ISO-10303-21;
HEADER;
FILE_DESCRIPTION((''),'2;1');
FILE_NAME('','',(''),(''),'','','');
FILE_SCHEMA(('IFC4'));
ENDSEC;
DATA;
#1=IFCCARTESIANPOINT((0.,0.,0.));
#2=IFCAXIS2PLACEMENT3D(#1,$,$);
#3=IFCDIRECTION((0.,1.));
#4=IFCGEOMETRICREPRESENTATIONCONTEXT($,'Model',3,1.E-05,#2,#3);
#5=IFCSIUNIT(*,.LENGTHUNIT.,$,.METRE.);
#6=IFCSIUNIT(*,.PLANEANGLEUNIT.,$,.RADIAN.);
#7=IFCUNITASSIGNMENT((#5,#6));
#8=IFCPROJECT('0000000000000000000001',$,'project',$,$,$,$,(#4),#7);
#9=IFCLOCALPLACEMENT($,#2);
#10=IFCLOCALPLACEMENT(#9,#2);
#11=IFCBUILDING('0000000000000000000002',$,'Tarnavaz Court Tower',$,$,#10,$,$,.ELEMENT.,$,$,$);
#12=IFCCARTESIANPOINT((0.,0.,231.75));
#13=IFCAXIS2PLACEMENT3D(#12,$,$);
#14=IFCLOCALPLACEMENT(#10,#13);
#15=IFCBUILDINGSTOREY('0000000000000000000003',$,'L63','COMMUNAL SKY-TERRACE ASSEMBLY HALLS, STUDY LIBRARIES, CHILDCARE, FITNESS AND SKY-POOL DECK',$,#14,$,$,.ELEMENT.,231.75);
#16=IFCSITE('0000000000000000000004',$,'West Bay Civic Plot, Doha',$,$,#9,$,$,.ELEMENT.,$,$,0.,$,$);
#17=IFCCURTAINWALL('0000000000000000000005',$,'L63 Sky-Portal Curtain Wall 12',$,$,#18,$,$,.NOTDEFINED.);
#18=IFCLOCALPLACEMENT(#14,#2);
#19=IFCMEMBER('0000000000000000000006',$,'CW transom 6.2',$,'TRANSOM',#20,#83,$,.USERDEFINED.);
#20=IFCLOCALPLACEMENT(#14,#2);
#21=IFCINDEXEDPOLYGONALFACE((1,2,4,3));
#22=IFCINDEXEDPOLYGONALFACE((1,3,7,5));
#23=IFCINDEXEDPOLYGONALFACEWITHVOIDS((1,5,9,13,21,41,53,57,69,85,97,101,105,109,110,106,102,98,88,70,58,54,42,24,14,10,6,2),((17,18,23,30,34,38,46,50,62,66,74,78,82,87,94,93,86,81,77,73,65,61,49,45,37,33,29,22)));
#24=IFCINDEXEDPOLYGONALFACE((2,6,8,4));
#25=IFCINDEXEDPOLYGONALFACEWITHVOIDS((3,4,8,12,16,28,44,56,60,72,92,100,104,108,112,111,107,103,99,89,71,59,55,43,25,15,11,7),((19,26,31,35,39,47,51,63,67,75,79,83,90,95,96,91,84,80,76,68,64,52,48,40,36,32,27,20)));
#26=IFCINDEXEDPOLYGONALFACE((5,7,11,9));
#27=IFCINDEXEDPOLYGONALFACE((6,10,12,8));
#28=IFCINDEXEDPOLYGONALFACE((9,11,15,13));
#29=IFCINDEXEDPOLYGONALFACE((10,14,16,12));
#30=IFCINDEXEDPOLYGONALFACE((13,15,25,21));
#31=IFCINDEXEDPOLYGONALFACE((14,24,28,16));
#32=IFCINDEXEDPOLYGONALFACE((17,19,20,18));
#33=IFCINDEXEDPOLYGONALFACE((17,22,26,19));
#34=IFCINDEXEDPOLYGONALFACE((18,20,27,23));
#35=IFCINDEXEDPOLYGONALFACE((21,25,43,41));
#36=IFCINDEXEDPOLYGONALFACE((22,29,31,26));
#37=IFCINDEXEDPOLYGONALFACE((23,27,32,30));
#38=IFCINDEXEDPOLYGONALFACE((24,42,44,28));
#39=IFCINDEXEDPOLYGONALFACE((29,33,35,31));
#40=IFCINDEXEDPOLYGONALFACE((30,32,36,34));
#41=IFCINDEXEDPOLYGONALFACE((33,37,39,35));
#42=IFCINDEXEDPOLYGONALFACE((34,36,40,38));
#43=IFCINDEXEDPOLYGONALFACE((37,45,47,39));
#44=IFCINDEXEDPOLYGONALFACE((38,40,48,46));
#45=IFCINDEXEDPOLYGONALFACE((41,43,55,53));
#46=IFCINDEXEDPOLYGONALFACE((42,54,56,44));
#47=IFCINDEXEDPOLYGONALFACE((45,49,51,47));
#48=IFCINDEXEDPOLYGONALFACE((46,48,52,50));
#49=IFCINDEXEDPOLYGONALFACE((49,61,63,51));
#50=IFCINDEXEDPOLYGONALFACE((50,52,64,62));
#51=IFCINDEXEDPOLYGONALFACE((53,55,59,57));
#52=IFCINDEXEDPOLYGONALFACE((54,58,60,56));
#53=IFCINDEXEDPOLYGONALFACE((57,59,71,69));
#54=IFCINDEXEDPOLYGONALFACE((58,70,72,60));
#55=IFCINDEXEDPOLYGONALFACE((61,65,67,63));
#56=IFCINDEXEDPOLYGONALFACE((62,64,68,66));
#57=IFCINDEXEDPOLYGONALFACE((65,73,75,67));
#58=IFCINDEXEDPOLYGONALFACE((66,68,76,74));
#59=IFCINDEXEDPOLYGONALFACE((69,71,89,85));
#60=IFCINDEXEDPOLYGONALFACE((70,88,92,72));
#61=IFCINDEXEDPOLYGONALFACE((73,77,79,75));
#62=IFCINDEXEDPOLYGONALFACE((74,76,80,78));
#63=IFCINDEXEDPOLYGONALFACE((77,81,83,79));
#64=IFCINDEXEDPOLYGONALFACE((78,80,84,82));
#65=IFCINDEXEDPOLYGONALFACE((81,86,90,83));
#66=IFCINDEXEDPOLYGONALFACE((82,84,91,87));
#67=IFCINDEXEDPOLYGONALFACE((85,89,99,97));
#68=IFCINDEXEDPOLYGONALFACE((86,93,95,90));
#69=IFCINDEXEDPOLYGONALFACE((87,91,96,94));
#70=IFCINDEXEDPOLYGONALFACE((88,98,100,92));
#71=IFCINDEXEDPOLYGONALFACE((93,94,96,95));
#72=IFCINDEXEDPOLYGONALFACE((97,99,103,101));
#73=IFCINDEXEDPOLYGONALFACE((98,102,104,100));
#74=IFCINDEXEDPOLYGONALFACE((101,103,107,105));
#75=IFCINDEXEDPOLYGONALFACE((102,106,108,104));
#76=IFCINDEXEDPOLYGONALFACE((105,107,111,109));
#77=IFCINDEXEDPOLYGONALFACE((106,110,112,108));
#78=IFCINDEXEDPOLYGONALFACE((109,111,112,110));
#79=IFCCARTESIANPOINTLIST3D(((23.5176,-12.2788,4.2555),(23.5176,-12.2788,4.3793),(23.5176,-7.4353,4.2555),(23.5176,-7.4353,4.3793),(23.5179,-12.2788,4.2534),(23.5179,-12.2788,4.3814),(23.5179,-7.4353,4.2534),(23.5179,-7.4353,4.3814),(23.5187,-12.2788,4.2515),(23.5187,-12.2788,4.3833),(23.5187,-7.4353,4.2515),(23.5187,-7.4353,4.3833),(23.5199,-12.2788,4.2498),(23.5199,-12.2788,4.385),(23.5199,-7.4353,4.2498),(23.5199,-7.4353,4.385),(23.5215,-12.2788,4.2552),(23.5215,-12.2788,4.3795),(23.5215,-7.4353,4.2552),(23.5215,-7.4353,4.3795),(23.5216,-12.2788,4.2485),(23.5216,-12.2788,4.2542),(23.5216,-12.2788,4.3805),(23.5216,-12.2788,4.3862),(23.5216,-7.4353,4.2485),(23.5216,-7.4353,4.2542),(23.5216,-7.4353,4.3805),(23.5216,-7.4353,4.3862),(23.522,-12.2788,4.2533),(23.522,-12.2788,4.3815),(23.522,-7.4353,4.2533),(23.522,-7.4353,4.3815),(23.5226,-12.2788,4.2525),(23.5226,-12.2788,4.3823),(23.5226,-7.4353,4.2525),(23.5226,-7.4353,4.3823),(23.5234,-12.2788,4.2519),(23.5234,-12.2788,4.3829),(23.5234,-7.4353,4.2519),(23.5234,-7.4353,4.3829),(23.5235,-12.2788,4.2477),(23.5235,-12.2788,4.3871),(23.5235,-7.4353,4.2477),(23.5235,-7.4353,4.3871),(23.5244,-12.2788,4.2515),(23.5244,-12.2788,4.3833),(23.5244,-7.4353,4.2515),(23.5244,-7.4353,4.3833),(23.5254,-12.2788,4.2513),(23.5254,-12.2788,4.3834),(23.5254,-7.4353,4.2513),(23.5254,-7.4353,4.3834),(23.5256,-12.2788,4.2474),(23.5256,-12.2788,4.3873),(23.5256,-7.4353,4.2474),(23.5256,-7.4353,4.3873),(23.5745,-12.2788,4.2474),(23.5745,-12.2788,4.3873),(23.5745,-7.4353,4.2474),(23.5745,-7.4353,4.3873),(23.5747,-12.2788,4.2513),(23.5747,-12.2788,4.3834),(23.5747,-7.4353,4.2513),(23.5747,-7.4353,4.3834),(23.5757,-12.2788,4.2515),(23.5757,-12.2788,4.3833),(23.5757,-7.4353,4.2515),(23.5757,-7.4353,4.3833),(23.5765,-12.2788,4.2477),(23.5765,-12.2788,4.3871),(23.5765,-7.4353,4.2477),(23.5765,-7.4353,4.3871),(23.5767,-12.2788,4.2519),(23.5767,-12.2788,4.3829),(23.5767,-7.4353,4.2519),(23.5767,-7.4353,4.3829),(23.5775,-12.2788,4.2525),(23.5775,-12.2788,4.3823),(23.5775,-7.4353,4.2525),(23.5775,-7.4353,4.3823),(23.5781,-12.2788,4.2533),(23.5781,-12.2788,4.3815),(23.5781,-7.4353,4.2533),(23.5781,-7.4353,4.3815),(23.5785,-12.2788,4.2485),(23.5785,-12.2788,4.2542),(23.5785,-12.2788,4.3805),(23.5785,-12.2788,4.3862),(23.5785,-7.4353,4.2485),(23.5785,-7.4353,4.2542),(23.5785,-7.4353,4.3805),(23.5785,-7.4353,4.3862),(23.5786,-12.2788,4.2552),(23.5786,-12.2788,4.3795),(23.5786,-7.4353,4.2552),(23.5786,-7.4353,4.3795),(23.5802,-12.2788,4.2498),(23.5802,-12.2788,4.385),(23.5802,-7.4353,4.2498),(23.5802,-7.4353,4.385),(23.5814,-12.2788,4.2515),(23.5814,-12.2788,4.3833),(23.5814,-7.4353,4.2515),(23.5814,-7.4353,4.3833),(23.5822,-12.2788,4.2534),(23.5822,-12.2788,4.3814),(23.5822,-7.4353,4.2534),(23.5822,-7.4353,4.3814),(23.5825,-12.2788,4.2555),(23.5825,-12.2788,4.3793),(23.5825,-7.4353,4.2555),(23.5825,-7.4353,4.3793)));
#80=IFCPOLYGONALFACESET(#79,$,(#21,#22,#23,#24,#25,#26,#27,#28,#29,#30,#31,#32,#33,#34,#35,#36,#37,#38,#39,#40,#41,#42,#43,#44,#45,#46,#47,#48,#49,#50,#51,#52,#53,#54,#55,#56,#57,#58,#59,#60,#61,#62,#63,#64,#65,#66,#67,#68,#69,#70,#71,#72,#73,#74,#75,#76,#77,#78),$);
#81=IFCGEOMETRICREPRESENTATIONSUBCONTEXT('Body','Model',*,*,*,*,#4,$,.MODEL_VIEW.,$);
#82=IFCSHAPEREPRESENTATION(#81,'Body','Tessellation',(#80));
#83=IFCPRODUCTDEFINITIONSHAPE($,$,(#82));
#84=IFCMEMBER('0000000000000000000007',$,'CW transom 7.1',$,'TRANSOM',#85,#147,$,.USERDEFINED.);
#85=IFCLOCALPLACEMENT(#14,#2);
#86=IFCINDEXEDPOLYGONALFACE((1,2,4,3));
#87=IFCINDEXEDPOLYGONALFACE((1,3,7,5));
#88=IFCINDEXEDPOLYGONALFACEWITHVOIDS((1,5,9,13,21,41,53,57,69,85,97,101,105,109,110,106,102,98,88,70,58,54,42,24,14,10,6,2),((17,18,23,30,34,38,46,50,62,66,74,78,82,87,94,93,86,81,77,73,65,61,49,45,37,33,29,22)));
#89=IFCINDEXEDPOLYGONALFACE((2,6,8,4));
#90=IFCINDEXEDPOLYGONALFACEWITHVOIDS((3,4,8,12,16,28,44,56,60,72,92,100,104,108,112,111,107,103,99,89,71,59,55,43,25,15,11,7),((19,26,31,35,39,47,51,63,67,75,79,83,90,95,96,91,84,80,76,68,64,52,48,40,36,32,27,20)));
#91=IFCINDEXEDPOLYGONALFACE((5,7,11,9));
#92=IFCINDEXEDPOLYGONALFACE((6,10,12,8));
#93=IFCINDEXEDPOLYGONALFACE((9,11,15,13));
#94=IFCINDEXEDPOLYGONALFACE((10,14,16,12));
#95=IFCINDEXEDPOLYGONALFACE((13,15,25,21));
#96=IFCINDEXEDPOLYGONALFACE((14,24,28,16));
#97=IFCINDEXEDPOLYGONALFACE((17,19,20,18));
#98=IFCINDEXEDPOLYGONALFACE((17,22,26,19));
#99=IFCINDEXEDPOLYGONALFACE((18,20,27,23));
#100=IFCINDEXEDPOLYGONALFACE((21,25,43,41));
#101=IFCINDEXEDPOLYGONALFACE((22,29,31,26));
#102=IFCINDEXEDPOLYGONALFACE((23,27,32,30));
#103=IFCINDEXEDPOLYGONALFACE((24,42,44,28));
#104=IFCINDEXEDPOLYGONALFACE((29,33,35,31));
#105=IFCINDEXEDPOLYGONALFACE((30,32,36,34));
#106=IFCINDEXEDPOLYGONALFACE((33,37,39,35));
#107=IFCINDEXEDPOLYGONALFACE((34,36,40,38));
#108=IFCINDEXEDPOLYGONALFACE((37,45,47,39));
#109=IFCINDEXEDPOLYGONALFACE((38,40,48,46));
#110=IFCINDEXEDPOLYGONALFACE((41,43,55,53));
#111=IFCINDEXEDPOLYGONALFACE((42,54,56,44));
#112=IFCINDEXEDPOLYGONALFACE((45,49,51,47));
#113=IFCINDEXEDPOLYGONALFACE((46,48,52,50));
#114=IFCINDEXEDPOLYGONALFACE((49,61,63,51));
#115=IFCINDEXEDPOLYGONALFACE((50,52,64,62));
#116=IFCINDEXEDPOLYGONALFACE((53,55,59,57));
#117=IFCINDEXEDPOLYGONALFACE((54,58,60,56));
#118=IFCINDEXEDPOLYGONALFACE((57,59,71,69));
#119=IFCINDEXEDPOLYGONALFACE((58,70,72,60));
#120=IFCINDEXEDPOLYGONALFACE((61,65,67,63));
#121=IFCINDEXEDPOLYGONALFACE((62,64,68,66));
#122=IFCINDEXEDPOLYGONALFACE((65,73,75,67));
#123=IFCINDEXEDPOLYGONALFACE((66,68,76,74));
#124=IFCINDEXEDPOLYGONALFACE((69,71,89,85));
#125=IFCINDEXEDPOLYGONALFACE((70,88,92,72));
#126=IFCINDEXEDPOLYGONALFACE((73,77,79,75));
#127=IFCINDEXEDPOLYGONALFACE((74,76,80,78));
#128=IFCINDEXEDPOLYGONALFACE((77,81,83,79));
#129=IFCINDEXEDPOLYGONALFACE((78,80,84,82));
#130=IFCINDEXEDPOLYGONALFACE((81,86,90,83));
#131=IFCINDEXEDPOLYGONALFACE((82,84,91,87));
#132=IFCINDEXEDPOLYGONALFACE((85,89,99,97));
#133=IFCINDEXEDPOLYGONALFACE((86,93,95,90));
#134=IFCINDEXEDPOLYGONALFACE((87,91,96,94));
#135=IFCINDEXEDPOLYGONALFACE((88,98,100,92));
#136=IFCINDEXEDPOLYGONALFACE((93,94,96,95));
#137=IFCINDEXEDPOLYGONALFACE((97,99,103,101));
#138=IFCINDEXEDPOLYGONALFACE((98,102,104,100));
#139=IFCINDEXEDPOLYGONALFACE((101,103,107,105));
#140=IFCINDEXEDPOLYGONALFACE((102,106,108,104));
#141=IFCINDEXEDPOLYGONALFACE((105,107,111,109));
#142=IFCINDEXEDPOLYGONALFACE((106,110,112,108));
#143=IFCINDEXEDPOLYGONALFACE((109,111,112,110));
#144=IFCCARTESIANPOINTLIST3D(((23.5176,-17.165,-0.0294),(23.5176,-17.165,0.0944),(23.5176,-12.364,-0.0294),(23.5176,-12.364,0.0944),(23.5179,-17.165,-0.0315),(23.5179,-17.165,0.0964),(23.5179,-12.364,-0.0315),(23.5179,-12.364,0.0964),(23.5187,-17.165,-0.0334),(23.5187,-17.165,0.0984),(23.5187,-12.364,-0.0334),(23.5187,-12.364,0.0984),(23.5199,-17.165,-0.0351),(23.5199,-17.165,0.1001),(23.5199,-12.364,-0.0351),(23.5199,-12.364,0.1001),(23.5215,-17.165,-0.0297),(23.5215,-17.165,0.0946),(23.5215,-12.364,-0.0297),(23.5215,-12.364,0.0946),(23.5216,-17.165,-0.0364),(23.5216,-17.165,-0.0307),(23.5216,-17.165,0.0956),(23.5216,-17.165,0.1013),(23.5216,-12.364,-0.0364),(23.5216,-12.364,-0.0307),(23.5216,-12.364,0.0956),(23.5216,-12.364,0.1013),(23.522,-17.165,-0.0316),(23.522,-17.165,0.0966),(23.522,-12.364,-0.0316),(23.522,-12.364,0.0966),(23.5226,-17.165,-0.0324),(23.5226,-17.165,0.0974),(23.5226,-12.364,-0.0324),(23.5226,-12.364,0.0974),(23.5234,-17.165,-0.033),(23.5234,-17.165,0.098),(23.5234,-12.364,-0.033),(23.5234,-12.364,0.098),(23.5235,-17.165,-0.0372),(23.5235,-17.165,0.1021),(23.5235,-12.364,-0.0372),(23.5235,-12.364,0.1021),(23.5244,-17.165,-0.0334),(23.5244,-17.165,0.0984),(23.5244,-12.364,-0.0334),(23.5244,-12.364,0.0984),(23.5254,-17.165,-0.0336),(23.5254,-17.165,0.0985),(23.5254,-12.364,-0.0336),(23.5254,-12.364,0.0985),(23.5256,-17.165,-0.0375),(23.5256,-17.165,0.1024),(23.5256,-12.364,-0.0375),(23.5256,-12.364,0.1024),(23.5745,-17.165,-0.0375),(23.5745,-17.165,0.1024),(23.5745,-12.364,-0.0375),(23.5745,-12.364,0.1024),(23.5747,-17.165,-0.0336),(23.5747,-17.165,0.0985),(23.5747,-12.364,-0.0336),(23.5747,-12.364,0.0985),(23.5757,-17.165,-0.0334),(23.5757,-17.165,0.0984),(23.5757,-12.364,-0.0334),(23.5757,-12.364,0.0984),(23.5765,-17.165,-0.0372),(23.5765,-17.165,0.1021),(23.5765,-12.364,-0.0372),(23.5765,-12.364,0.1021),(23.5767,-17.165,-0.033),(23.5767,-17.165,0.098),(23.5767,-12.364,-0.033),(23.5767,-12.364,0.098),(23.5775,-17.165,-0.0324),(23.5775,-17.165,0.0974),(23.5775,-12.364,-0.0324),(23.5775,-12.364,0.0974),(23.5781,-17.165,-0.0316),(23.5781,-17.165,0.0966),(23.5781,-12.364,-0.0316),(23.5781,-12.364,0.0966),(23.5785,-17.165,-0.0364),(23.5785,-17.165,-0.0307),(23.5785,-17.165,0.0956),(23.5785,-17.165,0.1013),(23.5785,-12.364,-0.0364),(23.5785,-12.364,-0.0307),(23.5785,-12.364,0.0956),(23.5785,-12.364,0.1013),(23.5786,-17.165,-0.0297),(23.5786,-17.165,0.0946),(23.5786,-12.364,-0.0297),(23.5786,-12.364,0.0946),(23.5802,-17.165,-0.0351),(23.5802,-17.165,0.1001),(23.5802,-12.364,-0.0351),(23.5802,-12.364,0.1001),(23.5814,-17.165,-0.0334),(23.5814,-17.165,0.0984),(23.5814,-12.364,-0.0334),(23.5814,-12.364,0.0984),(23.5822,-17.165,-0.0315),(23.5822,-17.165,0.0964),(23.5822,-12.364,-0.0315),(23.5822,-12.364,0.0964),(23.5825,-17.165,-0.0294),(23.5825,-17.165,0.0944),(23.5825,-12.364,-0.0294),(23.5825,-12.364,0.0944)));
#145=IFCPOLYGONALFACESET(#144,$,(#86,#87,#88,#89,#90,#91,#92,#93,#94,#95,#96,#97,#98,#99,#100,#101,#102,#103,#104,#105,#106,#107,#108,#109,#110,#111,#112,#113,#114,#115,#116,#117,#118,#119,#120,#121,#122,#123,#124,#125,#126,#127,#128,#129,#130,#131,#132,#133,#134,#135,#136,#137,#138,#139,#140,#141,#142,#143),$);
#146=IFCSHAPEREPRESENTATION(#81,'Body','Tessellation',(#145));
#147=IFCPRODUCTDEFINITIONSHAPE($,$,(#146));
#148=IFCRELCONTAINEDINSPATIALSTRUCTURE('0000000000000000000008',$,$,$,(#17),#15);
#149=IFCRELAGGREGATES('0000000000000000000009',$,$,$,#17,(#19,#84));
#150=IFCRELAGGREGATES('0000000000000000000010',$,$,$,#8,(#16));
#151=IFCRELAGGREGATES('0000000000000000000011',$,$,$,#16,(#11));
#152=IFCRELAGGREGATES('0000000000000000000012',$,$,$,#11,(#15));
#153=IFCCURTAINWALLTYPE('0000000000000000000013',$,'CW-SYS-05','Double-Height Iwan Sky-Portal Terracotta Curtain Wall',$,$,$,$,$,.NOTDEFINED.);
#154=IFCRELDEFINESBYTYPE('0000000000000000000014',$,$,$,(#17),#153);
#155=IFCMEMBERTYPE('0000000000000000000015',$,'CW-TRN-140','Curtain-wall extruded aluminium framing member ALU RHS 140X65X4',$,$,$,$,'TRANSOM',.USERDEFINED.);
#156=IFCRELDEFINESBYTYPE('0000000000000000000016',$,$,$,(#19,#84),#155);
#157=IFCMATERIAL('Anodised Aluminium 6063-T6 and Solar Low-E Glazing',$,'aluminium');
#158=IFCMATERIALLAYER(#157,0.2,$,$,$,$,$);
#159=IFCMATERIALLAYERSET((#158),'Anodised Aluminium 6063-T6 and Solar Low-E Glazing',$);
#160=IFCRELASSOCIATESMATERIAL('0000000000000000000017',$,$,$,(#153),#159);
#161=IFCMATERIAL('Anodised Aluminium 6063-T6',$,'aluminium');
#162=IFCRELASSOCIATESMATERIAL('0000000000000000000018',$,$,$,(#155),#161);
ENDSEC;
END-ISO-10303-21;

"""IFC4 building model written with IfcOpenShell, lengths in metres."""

from ifc_helpers import new_model, si_unit, direction, frame, origin, origin_2d, place, context, subcontext, project, spatial, hollow_rectangle, extrude, material, layer, layer_set, material_profile, profile_set, type_object, element, aggregate, save


model = new_model("IFC4")

# Units and contexts
model_context = context("Model", 3, precision=1e-05, world=origin(), true_north=direction((0.0, 1.0)))
body_context = subcontext(model_context, "Body", "Model", "MODEL_VIEW")
ifc_project = project(units=[si_unit("LENGTHUNIT", "METRE"), si_unit("PLANEANGLEUNIT", "RADIAN")], contexts=[model_context])

# Site, building, storey
site_placement = place(None, origin())
site = spatial("IfcSite", under=ifc_project, at=site_placement, Name="West Bay Civic Plot, Doha", CompositionType="ELEMENT", RefElevation=0.0)
building_placement = place(site_placement, origin())
building = spatial("IfcBuilding", under=site, at=building_placement, Name="Tarnavaz Court Tower", CompositionType="ELEMENT")
storey_placement = place(building_placement, frame((0.0, 0.0, 231.75)))
storey = spatial("IfcBuildingStorey", under=building, at=storey_placement, Name="L63", Description="COMMUNAL SKY-TERRACE ASSEMBLY HALLS, STUDY LIBRARIES, CHILDCARE, FITNESS AND SKY-POOL DECK", CompositionType="ELEMENT", Elevation=231.75)

# Curtain wall, members
ifc_material_1 = material(Name="Anodised Aluminium 6063-T6 and Solar Low-E Glazing", Category="aluminium")
ifc_layer_1 = layer(ifc_material_1, 0.2)
ifc_layer_set_1 = layer_set([ifc_layer_1], Name="Anodised Aluminium 6063-T6 and Solar Low-E Glazing")
curtain_wall_type = type_object("IfcCurtainWallType", Name="CW-SYS-05", Description="Double-Height Iwan Sky-Portal Terracotta Curtain Wall", PredefinedType="NOTDEFINED", material=ifc_layer_set_1)
curtain_wall_placement = place(storey_placement, origin())
curtain_wall = element("IfcCurtainWall", 1, at=curtain_wall_placement, inside=storey, type_object=curtain_wall_type, Name="L63 Sky-Portal Curtain Wall 12", PredefinedType="NOTDEFINED")
ifc_material_2 = material(Name="Anodised Aluminium 6063-T6", Category="aluminium")
ifc_material_profile_1 = material_profile(ifc_material_2, hollow_rectangle(XDim=0.0649, YDim=0.1399, WallThickness=0.0039, InnerFilletRadius=0.0039, OuterFilletRadius=0.0081, at=origin_2d()), Name="ALU RHS 140X65X4")
ifc_profile_set_1 = profile_set([ifc_material_profile_1], Name="Anodised Aluminium 6063-T6")
member_type_1 = type_object("IfcMemberType", Name="CW-TRN-140", Description="Curtain-wall extruded aluminium framing member ALU RHS 140X65X4", ElementType="TRANSOM", PredefinedType="USERDEFINED", material=ifc_profile_set_1)
member_1_placement = place(storey_placement, frame((23.55, -7.4353, 4.3174), z_axis=(0.0, -1.0, 0.0), x_axis=(1.0, 0.0, 0.0)))
member_1 = element("IfcMember", 2, at=member_1_placement, type_object=member_type_1, Name="CW transom 6.2", ObjectType="TRANSOM", PredefinedType="USERDEFINED", context=body_context, shape_type="SweptSolid", body=[
    extrude(hollow_rectangle(XDim=0.0649, YDim=0.1399, WallThickness=0.0039, InnerFilletRadius=0.0039, OuterFilletRadius=0.0081, at=origin_2d()), origin(), (0.0, 0.0, 1.0), 4.8435),
])
member_2_placement = place(storey_placement, frame((23.55, -12.364, 0.0325), z_axis=(0.0, -1.0, 0.0), x_axis=(1.0, 0.0, 0.0)))
member_2 = element("IfcMember", 3, at=member_2_placement, type_object=member_type_1, Name="CW transom 7.1", ObjectType="TRANSOM", PredefinedType="USERDEFINED", context=body_context, shape_type="SweptSolid", body=[
    extrude(hollow_rectangle(XDim=0.0649, YDim=0.1399, WallThickness=0.0039, InnerFilletRadius=0.0039, OuterFilletRadius=0.0081, at=origin_2d()), origin(), (0.0, 0.0, 1.0), 4.801),
])
aggregate(curtain_wall, [member_1, member_2])

save(model, "model.ifc")
